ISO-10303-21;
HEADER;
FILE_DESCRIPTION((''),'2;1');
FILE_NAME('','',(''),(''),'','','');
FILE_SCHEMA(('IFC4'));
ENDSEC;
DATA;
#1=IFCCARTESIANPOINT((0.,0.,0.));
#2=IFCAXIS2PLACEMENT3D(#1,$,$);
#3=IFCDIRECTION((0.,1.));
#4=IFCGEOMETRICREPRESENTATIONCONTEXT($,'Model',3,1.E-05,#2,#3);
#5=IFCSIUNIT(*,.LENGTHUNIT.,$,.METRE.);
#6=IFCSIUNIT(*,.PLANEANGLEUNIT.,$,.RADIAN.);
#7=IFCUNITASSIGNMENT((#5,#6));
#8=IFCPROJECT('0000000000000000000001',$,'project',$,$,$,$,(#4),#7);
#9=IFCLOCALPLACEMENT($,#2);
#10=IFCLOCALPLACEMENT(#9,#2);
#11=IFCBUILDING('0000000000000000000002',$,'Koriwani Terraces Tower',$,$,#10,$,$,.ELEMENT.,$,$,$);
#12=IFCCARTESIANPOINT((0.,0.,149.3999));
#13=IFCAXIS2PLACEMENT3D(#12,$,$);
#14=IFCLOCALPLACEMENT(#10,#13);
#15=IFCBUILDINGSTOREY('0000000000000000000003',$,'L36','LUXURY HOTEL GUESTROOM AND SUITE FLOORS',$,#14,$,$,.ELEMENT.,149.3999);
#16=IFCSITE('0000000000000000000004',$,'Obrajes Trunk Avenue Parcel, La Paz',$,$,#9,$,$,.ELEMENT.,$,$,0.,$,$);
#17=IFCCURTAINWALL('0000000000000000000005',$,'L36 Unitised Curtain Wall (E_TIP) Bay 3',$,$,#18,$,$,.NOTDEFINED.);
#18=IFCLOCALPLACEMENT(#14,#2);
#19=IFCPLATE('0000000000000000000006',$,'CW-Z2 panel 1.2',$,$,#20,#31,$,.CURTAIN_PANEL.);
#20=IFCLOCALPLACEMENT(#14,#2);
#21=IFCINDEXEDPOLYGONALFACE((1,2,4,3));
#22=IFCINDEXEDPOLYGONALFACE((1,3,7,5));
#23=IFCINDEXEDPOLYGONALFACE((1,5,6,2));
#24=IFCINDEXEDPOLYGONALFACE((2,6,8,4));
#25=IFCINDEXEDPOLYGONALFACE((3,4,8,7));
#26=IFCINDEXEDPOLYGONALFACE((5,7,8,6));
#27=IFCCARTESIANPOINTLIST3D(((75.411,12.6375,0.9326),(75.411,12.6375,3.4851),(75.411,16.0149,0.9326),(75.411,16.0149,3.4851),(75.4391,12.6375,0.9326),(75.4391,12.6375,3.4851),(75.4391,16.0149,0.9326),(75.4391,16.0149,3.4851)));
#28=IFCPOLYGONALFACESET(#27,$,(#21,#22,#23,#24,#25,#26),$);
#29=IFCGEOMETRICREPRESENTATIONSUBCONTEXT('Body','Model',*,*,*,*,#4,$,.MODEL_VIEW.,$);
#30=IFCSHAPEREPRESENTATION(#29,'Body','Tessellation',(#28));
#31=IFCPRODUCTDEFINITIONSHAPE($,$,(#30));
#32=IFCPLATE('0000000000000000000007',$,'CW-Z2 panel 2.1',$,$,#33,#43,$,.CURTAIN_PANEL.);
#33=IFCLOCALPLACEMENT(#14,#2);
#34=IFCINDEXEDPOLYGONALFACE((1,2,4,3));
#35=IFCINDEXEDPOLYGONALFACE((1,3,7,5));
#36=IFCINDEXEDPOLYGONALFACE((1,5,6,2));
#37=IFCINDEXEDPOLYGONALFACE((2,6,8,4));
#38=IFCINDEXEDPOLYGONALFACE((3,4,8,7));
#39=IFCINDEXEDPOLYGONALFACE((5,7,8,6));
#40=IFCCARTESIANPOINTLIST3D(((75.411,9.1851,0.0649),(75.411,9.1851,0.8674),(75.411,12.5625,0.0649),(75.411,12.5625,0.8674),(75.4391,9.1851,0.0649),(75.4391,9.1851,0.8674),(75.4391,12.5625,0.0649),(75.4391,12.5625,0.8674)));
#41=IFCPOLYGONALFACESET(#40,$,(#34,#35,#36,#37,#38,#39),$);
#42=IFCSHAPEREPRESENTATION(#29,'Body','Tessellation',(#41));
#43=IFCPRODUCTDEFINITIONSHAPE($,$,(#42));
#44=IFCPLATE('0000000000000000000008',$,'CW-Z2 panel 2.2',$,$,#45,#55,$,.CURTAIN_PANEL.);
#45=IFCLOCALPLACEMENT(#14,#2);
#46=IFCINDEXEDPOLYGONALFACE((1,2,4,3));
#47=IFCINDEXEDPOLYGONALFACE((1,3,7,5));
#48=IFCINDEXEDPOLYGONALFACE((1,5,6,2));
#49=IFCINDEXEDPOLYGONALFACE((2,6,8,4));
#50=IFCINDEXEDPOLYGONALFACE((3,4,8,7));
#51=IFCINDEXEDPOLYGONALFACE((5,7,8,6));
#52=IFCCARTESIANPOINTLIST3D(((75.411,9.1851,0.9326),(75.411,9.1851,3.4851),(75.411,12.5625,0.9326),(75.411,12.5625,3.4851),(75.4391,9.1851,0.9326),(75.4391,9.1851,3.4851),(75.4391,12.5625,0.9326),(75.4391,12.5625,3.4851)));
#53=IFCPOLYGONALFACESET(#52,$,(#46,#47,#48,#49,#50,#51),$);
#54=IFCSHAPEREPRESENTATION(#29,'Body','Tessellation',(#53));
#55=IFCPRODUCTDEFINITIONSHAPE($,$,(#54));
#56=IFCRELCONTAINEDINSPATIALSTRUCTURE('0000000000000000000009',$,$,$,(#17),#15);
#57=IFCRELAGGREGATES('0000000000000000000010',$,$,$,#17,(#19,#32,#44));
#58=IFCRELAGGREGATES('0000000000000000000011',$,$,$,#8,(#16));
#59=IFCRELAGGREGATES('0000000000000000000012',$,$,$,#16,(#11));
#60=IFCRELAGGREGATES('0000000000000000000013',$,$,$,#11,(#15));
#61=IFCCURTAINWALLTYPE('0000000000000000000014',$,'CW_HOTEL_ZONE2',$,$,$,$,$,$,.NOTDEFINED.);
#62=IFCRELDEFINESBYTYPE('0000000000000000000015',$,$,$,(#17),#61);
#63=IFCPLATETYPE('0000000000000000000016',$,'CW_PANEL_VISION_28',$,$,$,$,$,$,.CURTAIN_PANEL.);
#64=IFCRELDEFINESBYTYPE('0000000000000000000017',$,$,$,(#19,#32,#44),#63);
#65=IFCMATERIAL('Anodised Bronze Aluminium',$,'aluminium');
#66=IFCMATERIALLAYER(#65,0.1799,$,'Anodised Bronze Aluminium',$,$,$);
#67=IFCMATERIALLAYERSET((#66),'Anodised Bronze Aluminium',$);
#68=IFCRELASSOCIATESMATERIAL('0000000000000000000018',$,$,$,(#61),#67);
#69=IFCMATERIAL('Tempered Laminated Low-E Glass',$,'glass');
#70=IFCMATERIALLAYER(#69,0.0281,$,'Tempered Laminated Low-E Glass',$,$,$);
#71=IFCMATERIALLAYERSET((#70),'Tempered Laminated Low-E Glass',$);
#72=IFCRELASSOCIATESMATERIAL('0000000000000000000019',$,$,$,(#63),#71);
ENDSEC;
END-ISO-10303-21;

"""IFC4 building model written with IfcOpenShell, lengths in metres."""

from ifc_helpers import new_model, si_unit, direction, frame, origin, origin_2d, place, context, subcontext, project, spatial, rectangle, extrude, material, layer, layer_set, type_object, element, aggregate, save


model = new_model("IFC4")

# Units and contexts
model_context = context("Model", 3, precision=1e-05, world=origin(), true_north=direction((0.0, 1.0)))
body_context = subcontext(model_context, "Body", "Model", "MODEL_VIEW")
ifc_project = project(units=[si_unit("LENGTHUNIT", "METRE"), si_unit("PLANEANGLEUNIT", "RADIAN")], contexts=[model_context])

# Site, building, storey
site_placement = place(None, origin())
site = spatial("IfcSite", under=ifc_project, at=site_placement, Name="Obrajes Trunk Avenue Parcel, La Paz", CompositionType="ELEMENT", RefElevation=0.0)
building_placement = place(site_placement, origin())
building = spatial("IfcBuilding", under=site, at=building_placement, Name="Koriwani Terraces Tower", CompositionType="ELEMENT")
storey_placement = place(building_placement, frame((0.0, 0.0, 149.3999)))
storey = spatial("IfcBuildingStorey", under=building, at=storey_placement, Name="L36", Description="LUXURY HOTEL GUESTROOM AND SUITE FLOORS", CompositionType="ELEMENT", Elevation=149.3999)

# Curtain wall
ifc_material_1 = material(Name="Anodised Bronze Aluminium", Category="aluminium")
ifc_layer_1 = layer(ifc_material_1, 0.1799, Name="Anodised Bronze Aluminium")
ifc_layer_set_1 = layer_set([ifc_layer_1], Name="Anodised Bronze Aluminium")
curtain_wall_type = type_object("IfcCurtainWallType", Name="CW_HOTEL_ZONE2", PredefinedType="NOTDEFINED", material=ifc_layer_set_1)
curtain_wall_1_placement = place(storey_placement, origin())
curtain_wall_1 = element("IfcCurtainWall", 1, at=curtain_wall_1_placement, inside=storey, type_object=curtain_wall_type, Name="L36 Unitised Curtain Wall (E_TIP) Bay 3", PredefinedType="NOTDEFINED")

# Plates
ifc_material_2 = material(Name="Tempered Laminated Low-E Glass", Category="glass")
ifc_layer_2 = layer(ifc_material_2, 0.0281, Name="Tempered Laminated Low-E Glass")
ifc_layer_set_2 = layer_set([ifc_layer_2], Name="Tempered Laminated Low-E Glass")
plate_type = type_object("IfcPlateType", Name="CW_PANEL_VISION_28", PredefinedType="CURTAIN_PANEL", material=ifc_layer_set_2)
plate_1_placement = place(storey_placement, frame((75.425, 14.3262, 0.9326), z_axis=(0.0, 0.0, 1.0), x_axis=(0.0, -1.0, 0.0)))
plate_1 = element("IfcPlate", 2, at=plate_1_placement, type_object=plate_type, Name="CW-Z2 panel 1.2", PredefinedType="CURTAIN_PANEL", context=body_context, shape_type="SweptSolid", body=[
    extrude(rectangle(XDim=3.3774, YDim=0.0281, at=origin_2d()), origin(), (0.0, 0.0, 1.0), 2.5525),
])
plate_2_placement = place(storey_placement, frame((75.425, 10.8738, 0.0649), z_axis=(0.0, 0.0, 1.0), x_axis=(0.0, -1.0, 0.0)))
plate_2 = element("IfcPlate", 3, at=plate_2_placement, type_object=plate_type, Name="CW-Z2 panel 2.1", PredefinedType="CURTAIN_PANEL", context=body_context, shape_type="SweptSolid", body=[
    extrude(rectangle(XDim=3.3774, YDim=0.0281, at=origin_2d()), origin(), (0.0, 0.0, 1.0), 0.8025),
])
plate_3_placement = place(storey_placement, frame((75.425, 10.8738, 0.9326), z_axis=(0.0, 0.0, 1.0), x_axis=(0.0, -1.0, 0.0)))
plate_3 = element("IfcPlate", 4, at=plate_3_placement, type_object=plate_type, Name="CW-Z2 panel 2.2", PredefinedType="CURTAIN_PANEL", context=body_context, shape_type="SweptSolid", body=[
    extrude(rectangle(XDim=3.3774, YDim=0.0281, at=origin_2d()), origin(), (0.0, 0.0, 1.0), 2.5525),
])
aggregate(curtain_wall_1, [plate_1, plate_2, plate_3])

save(model, "model.ifc")
